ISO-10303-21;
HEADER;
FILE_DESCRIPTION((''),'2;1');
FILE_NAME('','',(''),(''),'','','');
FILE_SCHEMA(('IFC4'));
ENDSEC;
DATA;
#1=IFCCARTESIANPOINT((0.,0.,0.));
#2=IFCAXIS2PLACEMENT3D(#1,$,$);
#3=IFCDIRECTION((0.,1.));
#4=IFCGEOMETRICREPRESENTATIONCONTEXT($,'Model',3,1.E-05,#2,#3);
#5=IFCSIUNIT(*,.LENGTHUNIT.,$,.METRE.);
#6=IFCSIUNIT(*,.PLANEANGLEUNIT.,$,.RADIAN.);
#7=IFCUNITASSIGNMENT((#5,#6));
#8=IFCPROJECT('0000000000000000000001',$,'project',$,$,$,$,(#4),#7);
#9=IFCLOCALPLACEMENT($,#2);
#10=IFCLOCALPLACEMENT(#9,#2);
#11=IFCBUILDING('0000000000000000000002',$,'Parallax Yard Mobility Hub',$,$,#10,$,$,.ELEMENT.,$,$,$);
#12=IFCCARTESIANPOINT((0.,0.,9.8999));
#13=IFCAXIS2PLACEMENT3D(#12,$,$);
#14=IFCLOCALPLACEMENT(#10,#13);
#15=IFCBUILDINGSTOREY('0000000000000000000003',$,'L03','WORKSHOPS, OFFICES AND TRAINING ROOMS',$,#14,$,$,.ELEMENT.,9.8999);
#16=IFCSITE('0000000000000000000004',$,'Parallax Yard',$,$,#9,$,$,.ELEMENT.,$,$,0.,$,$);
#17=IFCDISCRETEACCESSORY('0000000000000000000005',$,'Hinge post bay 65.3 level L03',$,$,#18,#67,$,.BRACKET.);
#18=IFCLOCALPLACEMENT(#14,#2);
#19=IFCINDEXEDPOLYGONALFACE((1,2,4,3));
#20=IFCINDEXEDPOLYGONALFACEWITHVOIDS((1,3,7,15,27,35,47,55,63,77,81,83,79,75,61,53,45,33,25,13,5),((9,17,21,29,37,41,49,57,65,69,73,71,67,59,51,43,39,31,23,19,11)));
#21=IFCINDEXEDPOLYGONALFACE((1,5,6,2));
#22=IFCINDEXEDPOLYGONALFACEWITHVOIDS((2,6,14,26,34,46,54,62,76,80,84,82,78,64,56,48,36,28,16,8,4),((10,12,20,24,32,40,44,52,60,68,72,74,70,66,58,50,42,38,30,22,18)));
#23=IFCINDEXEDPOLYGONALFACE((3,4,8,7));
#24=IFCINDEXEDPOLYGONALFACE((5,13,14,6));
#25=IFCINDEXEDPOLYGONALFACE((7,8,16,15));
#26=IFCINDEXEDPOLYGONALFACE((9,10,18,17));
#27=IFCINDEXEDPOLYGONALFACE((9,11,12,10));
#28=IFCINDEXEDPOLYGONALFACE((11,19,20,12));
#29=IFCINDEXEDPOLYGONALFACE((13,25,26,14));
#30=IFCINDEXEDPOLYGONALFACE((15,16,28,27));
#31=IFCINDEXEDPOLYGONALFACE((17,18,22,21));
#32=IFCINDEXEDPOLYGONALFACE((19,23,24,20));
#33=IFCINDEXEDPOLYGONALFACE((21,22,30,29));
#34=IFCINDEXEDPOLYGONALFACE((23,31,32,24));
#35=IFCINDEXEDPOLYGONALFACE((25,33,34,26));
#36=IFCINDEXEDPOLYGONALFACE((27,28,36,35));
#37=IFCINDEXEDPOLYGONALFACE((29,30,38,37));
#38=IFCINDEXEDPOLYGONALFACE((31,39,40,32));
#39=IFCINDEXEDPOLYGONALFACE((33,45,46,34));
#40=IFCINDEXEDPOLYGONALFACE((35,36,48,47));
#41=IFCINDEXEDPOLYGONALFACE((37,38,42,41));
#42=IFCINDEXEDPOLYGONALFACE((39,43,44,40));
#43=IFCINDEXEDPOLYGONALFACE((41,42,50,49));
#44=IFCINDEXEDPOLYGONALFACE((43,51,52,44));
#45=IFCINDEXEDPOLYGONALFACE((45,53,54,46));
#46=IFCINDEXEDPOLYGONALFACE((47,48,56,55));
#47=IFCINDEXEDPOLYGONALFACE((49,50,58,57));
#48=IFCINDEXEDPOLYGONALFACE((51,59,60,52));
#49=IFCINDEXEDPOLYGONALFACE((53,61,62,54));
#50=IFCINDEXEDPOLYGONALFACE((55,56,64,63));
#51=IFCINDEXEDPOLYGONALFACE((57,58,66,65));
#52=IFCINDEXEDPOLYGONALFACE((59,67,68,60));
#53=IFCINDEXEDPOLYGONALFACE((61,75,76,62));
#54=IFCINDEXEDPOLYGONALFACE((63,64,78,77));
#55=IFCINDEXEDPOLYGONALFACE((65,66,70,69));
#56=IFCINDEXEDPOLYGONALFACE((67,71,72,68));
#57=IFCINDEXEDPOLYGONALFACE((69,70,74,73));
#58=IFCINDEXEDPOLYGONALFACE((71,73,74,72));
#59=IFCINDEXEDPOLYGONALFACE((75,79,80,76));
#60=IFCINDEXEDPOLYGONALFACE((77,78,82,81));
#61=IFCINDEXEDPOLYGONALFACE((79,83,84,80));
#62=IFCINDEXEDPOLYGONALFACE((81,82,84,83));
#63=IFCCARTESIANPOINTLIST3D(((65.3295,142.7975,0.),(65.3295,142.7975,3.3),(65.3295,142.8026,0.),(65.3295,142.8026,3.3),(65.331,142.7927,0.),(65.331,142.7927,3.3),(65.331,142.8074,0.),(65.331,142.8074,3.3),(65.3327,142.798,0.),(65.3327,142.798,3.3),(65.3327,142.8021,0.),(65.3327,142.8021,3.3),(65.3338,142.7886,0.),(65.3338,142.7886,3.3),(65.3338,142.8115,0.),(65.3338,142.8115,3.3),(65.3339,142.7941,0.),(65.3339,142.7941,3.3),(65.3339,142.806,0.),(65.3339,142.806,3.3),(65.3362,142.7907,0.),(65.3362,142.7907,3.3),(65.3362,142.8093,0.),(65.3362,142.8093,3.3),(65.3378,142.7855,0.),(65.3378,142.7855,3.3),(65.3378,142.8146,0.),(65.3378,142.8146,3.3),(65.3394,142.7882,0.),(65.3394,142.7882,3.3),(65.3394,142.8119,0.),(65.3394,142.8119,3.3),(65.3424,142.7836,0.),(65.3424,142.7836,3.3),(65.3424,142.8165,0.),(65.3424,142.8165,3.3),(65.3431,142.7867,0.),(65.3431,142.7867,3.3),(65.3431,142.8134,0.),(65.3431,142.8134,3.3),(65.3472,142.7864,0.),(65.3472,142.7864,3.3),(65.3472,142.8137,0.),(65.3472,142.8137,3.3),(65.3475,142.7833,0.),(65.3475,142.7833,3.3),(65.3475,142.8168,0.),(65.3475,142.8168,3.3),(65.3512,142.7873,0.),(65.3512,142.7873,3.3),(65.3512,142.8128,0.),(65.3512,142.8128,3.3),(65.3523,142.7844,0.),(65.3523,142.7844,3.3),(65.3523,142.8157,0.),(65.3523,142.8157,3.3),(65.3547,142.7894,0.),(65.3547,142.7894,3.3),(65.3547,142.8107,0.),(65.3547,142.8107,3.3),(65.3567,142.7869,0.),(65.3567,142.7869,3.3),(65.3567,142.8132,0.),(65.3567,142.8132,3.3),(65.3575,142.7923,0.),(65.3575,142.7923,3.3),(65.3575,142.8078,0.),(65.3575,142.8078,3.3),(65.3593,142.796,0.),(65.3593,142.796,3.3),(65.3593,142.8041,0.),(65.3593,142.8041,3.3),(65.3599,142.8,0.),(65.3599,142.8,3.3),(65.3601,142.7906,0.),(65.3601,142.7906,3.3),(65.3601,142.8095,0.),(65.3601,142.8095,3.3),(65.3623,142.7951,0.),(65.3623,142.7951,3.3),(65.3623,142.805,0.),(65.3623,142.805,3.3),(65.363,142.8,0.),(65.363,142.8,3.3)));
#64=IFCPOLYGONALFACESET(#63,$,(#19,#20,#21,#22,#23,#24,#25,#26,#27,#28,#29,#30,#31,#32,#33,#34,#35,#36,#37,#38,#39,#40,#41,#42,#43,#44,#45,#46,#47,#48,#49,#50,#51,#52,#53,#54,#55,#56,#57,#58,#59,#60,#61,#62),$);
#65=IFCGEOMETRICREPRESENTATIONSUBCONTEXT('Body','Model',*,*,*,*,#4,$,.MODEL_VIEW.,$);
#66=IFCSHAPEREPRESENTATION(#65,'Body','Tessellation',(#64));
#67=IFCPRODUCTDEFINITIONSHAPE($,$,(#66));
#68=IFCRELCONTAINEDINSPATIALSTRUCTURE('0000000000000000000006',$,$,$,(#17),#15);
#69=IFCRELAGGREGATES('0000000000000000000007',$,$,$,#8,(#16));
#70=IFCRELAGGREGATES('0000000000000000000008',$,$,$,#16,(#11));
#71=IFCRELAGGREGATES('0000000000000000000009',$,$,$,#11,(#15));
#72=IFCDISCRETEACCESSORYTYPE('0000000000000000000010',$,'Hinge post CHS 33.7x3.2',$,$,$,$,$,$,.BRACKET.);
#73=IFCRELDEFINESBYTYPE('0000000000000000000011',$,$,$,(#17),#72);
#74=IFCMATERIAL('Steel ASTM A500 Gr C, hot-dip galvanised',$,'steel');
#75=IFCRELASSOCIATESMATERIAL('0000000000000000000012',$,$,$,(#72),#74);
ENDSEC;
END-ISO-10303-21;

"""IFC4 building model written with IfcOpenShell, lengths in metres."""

from ifc_helpers import new_model, si_unit, direction, frame, origin, origin_2d, place, context, subcontext, project, spatial, hollow_circle, extrude, material, material_profile, profile_set, type_object, element, save


model = new_model("IFC4")

# Units and contexts
model_context = context("Model", 3, precision=1e-05, world=origin(), true_north=direction((0.0, 1.0)))
body_context = subcontext(model_context, "Body", "Model", "MODEL_VIEW")
ifc_project = project(units=[si_unit("LENGTHUNIT", "METRE"), si_unit("PLANEANGLEUNIT", "RADIAN")], contexts=[model_context])

# Site, building, storey
site_placement = place(None, origin())
site = spatial("IfcSite", under=ifc_project, at=site_placement, Name="Parallax Yard", CompositionType="ELEMENT", RefElevation=0.0)
building_placement = place(site_placement, origin())
building = spatial("IfcBuilding", under=site, at=building_placement, Name="Parallax Yard Mobility Hub", CompositionType="ELEMENT")
storey_placement = place(building_placement, frame((0.0, 0.0, 9.8999)))
storey = spatial("IfcBuildingStorey", under=building, at=storey_placement, Name="L03", Description="WORKSHOPS, OFFICES AND TRAINING ROOMS", CompositionType="ELEMENT", Elevation=9.8999)

# Discrete accessory
ifc_material_1 = material(Name="Steel ASTM A500 Gr C, hot-dip galvanised", Category="steel")
ifc_material_profile = material_profile(ifc_material_1, hollow_circle(Radius=0.0168, WallThickness=0.0032, at=origin_2d()), Name="CHS 33.7x3.2")
ifc_profile_set = profile_set([ifc_material_profile], Name="Steel ASTM A500 Gr C, hot-dip galvanised")
discrete_accessory_type = type_object("IfcDiscreteAccessoryType", Name="Hinge post CHS 33.7x3.2", PredefinedType="BRACKET", material=ifc_profile_set)
for number, where, z_axis, x_axis, name in (
    (1, (65.3462, 142.8, 0.0), (0.0, 0.0, 1.0), (1.0, 0.0, 0.0), "Hinge post bay 65.3 level L03"),
):
    element("IfcDiscreteAccessory", number, at=place(storey_placement, frame(where, z_axis=z_axis, x_axis=x_axis)), inside=storey, type_object=discrete_accessory_type, Name=name, PredefinedType="BRACKET", context=body_context, shape_type="SweptSolid", body=[
        extrude(hollow_circle(Radius=0.0168, WallThickness=0.0032, at=origin_2d()), origin(), (0.0, 0.0, 1.0), 3.3),
    ])

save(model, "model.ifc")
